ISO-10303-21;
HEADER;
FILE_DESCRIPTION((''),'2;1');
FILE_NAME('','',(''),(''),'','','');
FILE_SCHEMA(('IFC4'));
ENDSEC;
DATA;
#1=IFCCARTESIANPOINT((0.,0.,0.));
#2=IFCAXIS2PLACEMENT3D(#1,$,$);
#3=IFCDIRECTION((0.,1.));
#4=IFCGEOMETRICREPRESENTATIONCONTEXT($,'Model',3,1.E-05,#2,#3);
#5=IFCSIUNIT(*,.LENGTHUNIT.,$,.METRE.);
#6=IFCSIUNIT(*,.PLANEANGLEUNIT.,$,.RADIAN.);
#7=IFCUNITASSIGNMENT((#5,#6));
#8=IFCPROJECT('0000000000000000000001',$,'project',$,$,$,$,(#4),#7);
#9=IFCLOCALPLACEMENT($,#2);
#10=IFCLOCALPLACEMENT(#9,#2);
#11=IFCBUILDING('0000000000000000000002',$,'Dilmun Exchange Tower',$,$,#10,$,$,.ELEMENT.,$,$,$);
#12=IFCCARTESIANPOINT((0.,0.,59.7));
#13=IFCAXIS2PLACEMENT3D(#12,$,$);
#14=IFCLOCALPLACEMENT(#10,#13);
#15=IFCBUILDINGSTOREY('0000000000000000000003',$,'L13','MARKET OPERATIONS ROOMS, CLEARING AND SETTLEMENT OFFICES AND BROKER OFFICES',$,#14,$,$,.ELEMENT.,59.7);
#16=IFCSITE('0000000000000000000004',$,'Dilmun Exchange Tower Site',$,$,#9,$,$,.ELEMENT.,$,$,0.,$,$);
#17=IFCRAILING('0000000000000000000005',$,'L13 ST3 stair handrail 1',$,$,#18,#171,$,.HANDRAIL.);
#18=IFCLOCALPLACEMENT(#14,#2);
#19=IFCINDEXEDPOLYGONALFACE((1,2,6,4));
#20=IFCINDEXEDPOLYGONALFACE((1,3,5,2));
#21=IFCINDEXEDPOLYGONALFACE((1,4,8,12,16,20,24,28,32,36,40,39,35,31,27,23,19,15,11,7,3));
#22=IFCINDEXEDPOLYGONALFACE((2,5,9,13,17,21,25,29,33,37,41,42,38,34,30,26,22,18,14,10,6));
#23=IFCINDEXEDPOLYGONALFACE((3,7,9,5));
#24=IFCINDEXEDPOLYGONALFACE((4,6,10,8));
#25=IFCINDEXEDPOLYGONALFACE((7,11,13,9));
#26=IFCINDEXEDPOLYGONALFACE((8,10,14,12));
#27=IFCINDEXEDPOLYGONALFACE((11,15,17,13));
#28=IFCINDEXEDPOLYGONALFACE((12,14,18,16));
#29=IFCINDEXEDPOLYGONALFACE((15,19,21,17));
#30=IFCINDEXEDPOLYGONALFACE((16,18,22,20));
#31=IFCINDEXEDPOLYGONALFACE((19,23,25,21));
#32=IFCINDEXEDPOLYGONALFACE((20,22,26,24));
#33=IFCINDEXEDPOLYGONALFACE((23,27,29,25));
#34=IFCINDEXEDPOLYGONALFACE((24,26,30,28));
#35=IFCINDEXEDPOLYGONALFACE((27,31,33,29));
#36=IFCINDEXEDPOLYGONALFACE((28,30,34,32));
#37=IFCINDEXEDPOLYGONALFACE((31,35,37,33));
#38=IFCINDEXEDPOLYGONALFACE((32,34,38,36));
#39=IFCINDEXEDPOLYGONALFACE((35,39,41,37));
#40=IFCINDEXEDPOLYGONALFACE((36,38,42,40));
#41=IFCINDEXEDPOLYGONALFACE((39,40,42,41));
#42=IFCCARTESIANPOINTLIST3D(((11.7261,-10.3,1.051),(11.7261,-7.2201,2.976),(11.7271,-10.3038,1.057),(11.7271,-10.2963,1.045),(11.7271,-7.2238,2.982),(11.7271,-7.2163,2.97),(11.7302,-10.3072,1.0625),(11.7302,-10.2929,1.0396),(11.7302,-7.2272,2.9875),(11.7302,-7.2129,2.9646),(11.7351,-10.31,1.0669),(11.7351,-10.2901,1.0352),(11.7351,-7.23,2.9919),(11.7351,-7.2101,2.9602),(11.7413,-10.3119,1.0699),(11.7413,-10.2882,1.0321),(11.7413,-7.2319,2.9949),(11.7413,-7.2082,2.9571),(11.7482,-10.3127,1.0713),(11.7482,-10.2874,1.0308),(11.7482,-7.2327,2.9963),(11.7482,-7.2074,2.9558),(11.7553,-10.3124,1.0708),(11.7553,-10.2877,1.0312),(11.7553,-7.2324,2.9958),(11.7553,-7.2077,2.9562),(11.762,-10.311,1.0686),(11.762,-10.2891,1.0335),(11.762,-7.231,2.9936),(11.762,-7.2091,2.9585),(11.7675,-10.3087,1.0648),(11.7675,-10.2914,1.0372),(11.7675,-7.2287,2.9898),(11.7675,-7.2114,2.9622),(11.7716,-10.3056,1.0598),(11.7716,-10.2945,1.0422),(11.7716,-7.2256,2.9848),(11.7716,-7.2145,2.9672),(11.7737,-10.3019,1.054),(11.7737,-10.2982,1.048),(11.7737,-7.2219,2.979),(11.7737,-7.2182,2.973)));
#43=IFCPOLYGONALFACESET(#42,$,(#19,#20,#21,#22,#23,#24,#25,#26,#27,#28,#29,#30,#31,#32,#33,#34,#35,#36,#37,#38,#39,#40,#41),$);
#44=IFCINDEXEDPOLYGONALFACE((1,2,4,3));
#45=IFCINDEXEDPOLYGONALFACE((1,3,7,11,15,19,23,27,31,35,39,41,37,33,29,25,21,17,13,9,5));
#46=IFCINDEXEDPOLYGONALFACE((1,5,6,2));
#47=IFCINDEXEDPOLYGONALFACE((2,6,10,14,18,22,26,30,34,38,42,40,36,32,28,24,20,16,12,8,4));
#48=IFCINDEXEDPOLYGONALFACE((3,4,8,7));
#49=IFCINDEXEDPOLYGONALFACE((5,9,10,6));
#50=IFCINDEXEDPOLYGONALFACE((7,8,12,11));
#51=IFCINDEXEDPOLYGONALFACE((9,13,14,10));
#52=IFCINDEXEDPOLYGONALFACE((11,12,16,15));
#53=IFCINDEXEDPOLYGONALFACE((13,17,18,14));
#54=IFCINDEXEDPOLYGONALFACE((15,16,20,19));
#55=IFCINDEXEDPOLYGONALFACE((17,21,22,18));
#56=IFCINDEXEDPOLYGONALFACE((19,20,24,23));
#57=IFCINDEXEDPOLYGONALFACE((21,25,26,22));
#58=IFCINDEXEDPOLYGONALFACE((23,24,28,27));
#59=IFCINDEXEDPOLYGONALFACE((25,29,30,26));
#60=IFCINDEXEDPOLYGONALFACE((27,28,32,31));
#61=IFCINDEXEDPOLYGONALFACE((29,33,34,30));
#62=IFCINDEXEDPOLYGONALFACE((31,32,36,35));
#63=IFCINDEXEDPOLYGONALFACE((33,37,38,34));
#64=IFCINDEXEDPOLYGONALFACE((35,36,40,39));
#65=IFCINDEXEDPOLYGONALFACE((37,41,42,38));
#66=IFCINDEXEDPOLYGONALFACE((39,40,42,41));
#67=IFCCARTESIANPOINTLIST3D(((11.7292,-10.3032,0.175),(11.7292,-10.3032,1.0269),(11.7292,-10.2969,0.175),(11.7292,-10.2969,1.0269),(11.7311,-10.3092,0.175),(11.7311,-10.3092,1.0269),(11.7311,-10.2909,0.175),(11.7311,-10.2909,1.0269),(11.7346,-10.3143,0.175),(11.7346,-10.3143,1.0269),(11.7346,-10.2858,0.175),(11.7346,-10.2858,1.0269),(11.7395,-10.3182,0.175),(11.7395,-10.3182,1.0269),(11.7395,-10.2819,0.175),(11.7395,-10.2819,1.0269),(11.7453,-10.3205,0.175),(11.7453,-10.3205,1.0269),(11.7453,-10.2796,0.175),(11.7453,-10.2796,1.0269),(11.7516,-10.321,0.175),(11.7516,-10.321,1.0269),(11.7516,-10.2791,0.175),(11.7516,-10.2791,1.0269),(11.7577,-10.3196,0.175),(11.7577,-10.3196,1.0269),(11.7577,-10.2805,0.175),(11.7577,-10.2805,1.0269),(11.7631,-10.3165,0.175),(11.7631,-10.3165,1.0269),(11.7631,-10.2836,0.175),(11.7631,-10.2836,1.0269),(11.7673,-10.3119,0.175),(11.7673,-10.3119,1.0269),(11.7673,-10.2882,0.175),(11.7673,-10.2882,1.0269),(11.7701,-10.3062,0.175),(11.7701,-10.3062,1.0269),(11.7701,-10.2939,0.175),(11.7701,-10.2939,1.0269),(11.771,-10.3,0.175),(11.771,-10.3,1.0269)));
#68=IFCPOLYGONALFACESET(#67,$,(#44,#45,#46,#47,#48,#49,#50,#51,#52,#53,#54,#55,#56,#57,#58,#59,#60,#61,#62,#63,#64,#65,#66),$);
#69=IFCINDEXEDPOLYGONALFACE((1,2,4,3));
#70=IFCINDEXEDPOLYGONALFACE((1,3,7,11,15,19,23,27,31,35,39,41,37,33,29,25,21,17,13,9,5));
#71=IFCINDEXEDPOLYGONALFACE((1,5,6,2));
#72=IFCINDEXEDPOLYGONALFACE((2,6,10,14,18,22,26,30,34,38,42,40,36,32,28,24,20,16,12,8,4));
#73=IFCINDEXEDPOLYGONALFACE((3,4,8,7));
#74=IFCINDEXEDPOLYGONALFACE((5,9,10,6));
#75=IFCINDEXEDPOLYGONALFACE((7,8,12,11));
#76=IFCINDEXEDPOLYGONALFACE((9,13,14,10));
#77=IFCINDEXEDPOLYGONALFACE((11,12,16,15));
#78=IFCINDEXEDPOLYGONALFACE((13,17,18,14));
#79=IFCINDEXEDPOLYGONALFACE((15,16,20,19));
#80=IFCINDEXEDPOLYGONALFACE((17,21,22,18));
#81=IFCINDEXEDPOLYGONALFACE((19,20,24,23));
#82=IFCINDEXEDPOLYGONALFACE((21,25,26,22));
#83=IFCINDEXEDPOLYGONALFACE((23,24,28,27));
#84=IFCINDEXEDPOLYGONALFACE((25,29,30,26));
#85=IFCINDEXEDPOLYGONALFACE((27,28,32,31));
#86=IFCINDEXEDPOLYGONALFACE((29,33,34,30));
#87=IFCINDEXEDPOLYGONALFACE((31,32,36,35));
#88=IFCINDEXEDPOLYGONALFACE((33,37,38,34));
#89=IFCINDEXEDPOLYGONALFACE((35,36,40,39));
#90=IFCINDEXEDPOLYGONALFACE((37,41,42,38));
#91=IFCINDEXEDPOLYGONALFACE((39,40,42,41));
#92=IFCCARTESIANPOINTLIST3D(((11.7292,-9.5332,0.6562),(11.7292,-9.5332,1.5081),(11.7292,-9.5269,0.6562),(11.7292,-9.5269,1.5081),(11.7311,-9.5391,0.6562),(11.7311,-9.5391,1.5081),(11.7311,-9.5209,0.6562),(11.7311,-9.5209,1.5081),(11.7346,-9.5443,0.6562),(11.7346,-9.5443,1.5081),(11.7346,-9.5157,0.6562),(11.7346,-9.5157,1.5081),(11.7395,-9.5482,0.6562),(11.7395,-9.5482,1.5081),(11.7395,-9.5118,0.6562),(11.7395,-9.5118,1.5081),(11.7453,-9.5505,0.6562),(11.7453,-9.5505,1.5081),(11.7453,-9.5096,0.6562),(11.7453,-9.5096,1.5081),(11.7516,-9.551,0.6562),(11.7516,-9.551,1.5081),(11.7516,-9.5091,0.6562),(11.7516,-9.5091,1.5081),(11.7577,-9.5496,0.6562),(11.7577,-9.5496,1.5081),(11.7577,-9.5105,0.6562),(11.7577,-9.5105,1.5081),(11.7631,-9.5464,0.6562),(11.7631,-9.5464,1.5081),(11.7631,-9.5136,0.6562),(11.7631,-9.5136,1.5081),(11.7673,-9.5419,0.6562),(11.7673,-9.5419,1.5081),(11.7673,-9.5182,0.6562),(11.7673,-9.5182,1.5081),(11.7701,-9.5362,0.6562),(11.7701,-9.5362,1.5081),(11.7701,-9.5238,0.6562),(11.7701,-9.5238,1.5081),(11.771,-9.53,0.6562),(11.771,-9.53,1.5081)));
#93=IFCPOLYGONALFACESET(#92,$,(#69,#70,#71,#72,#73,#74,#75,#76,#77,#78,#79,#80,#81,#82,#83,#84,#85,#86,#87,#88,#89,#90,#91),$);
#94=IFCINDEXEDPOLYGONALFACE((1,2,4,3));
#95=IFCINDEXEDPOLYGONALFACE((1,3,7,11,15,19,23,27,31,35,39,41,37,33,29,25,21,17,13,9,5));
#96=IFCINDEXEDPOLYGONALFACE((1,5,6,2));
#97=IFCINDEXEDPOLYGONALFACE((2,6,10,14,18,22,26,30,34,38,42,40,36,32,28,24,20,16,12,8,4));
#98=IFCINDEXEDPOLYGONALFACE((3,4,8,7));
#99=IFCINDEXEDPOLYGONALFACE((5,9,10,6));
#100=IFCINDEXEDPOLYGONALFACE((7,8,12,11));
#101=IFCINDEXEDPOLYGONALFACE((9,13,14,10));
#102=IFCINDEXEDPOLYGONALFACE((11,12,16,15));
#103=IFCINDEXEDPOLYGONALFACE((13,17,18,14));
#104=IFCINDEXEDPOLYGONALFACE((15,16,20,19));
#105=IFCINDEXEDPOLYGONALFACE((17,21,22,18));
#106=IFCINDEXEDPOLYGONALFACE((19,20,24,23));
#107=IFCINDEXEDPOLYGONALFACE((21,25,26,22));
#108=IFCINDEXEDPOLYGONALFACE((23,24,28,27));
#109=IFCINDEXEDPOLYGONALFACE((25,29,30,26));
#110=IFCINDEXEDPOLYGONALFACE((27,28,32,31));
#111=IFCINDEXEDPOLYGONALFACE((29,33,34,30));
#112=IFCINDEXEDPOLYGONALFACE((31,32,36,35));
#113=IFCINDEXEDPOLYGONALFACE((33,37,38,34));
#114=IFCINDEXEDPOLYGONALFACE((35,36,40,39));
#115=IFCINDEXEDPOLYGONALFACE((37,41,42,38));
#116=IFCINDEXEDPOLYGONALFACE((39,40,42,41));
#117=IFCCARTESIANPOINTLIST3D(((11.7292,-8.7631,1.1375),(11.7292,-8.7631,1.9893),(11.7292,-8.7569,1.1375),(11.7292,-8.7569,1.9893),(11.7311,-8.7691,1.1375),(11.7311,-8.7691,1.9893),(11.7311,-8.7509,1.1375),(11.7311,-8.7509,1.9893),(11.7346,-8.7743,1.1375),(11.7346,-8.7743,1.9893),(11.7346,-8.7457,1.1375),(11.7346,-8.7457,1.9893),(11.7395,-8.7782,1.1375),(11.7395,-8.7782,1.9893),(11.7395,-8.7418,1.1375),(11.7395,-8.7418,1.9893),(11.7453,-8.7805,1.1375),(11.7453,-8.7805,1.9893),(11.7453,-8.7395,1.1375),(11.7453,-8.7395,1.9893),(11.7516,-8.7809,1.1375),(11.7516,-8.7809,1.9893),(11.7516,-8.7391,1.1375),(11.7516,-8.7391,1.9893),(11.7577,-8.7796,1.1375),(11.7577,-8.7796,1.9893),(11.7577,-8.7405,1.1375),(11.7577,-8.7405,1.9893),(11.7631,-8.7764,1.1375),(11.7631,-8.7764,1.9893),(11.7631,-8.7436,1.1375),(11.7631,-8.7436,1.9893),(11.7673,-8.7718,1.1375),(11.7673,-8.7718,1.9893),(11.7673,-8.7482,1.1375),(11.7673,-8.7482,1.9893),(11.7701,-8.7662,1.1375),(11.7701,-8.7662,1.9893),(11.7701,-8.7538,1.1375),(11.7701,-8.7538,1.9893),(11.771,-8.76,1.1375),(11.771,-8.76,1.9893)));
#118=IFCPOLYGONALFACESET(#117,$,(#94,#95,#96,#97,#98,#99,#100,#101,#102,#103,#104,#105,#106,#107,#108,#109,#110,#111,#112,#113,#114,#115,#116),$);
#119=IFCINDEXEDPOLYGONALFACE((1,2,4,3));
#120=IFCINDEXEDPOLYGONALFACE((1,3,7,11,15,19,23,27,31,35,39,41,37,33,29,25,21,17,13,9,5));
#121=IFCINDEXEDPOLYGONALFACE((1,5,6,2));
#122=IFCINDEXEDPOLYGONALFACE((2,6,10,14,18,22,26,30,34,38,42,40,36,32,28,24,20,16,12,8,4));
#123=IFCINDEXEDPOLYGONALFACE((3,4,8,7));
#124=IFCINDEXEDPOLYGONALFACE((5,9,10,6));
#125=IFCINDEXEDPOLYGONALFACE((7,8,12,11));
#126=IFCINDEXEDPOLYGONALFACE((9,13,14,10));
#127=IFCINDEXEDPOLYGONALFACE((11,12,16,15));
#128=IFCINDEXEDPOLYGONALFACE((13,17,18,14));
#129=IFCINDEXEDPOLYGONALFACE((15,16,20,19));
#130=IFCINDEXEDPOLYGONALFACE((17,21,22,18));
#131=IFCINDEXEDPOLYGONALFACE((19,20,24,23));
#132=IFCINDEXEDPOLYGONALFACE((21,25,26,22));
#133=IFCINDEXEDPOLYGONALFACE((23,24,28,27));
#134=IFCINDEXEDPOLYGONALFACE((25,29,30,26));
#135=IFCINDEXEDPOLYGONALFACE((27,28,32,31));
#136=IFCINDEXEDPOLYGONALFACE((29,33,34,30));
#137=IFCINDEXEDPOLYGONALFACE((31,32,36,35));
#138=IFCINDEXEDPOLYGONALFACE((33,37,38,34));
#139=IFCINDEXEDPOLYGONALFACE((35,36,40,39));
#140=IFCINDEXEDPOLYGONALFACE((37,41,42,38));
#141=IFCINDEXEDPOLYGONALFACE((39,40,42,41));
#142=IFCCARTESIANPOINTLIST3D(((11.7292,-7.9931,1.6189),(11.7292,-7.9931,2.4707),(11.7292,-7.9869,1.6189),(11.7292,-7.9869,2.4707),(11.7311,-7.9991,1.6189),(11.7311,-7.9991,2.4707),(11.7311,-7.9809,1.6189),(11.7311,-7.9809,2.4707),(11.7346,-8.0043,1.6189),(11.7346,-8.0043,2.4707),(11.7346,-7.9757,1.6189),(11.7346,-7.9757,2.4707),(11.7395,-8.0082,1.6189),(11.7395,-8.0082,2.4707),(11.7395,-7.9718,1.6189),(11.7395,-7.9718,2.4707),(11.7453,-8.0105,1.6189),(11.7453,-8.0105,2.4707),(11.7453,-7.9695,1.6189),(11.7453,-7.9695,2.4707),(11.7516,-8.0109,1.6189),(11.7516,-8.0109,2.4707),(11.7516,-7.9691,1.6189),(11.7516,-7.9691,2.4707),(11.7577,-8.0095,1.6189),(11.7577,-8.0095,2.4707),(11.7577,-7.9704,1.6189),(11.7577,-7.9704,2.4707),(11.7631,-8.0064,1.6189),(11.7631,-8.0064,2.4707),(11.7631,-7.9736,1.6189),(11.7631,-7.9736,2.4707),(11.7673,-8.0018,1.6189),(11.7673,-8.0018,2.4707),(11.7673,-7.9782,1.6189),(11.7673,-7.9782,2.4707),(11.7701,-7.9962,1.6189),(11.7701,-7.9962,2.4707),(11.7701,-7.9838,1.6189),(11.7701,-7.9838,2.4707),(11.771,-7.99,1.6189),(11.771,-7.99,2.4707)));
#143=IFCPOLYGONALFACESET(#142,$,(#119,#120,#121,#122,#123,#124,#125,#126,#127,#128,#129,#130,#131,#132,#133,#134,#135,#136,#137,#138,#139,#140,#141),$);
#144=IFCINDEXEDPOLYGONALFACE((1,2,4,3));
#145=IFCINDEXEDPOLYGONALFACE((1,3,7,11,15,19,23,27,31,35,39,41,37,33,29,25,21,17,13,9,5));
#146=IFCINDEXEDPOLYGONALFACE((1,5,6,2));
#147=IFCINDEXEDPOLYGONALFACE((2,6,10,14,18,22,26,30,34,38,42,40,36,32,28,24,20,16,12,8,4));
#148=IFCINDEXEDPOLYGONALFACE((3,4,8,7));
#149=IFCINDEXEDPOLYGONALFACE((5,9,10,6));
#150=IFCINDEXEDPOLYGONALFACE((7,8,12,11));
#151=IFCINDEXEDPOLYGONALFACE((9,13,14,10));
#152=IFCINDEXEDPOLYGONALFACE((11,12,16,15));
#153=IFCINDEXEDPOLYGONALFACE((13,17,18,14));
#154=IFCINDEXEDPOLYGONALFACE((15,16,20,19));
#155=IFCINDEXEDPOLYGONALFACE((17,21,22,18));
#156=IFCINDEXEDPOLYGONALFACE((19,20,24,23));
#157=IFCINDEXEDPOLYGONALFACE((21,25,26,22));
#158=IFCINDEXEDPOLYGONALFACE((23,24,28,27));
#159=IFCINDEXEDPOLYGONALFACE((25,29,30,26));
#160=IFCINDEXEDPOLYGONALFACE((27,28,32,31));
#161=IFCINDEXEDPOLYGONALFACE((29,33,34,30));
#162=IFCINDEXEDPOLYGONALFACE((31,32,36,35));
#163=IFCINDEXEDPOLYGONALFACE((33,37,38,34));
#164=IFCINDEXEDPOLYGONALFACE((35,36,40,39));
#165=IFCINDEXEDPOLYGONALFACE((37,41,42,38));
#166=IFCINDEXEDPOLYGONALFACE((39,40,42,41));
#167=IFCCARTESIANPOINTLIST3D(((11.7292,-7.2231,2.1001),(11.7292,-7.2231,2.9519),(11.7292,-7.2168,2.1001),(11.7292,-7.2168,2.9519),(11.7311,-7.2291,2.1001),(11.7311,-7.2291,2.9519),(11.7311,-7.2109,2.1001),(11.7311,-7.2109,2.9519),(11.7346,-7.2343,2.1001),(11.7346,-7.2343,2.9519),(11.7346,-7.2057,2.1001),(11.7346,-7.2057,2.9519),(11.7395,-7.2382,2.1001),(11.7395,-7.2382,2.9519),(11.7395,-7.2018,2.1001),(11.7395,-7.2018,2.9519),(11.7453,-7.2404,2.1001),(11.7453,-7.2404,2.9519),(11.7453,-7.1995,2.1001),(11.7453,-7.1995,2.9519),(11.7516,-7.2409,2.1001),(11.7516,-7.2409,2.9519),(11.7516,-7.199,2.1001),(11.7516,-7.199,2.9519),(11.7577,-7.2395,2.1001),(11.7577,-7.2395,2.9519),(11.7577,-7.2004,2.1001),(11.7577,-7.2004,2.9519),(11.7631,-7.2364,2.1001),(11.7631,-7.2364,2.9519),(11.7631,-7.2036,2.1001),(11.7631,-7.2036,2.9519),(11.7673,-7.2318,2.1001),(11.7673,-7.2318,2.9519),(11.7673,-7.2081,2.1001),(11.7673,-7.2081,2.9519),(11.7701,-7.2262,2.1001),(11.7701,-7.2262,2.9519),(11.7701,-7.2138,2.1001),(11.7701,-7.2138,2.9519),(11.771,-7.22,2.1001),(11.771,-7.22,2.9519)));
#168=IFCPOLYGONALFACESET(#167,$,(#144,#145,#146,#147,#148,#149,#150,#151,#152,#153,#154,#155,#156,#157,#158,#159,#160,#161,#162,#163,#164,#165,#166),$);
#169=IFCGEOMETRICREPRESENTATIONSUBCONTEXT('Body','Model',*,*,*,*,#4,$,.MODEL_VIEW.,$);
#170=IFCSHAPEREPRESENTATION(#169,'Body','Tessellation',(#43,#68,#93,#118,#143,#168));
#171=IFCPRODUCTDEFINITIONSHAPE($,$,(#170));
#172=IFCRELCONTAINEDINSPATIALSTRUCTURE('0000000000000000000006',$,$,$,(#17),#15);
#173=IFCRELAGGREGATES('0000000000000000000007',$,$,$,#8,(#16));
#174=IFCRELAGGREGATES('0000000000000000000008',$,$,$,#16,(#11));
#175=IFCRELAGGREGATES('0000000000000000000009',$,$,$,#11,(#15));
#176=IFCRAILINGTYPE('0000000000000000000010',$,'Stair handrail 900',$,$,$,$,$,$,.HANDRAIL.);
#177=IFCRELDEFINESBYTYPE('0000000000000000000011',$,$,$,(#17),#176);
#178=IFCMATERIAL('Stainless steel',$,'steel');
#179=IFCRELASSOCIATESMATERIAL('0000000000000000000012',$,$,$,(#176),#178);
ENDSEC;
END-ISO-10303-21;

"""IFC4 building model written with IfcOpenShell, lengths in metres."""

from ifc_helpers import new_model, si_unit, direction, frame, origin, origin_2d, place, context, subcontext, project, spatial, circle, extrude, material, type_object, element, save


model = new_model("IFC4")

# Units and contexts
model_context = context("Model", 3, precision=1e-05, world=origin(), true_north=direction((0.0, 1.0)))
body_context = subcontext(model_context, "Body", "Model", "MODEL_VIEW")
ifc_project = project(units=[si_unit("LENGTHUNIT", "METRE"), si_unit("PLANEANGLEUNIT", "RADIAN")], contexts=[model_context])

# Site, building, storey
site_placement = place(None, origin())
site = spatial("IfcSite", under=ifc_project, at=site_placement, Name="Dilmun Exchange Tower Site", CompositionType="ELEMENT", RefElevation=0.0)
building_placement = place(site_placement, origin())
building = spatial("IfcBuilding", under=site, at=building_placement, Name="Dilmun Exchange Tower", CompositionType="ELEMENT")
storey_placement = place(building_placement, frame((0.0, 0.0, 59.7)))
storey = spatial("IfcBuildingStorey", under=building, at=storey_placement, Name="L13", Description="MARKET OPERATIONS ROOMS, CLEARING AND SETTLEMENT OFFICES AND BROKER OFFICES", CompositionType="ELEMENT", Elevation=59.7)

# Railing
ifc_material_1 = material(Name="Stainless steel", Category="steel")
railing_type = type_object("IfcRailingType", Name="Stair handrail 900", PredefinedType="HANDRAIL", material=ifc_material_1)
railing_placement = place(storey_placement, frame((11.75, -10.3, 0.175)))
element("IfcRailing", 1, at=railing_placement, inside=storey, type_object=railing_type, Name="L13 ST3 stair handrail 1", PredefinedType="HANDRAIL", context=body_context, shape_type="SweptSolid", body=[
    extrude(circle(Radius=0.0239, at=origin_2d()), frame((0.0, 0.0, 0.876), z_axis=(0.0, 0.847998, 0.529999), x_axis=(-1.0, 0.0, 0.0)), (0.0, 0.0, 1.0), 3.6321),
    extrude(circle(Radius=0.021, at=origin_2d()), origin(), (0.0, 0.0, 1.0), 0.8518),
    extrude(circle(Radius=0.021, at=origin_2d()), frame((0.0, 0.77, 0.4812)), (0.0, 0.0, 1.0), 0.8518),
    extrude(circle(Radius=0.021, at=origin_2d()), frame((0.0, 1.54, 0.9624)), (0.0, 0.0, 1.0), 0.8518),
    extrude(circle(Radius=0.021, at=origin_2d()), frame((0.0, 2.3101, 1.4438)), (0.0, 0.0, 1.0), 0.8518),
    extrude(circle(Radius=0.021, at=origin_2d()), frame((0.0, 3.0801, 1.925)), (0.0, 0.0, 1.0), 0.8518),
])

save(model, "model.ifc")
